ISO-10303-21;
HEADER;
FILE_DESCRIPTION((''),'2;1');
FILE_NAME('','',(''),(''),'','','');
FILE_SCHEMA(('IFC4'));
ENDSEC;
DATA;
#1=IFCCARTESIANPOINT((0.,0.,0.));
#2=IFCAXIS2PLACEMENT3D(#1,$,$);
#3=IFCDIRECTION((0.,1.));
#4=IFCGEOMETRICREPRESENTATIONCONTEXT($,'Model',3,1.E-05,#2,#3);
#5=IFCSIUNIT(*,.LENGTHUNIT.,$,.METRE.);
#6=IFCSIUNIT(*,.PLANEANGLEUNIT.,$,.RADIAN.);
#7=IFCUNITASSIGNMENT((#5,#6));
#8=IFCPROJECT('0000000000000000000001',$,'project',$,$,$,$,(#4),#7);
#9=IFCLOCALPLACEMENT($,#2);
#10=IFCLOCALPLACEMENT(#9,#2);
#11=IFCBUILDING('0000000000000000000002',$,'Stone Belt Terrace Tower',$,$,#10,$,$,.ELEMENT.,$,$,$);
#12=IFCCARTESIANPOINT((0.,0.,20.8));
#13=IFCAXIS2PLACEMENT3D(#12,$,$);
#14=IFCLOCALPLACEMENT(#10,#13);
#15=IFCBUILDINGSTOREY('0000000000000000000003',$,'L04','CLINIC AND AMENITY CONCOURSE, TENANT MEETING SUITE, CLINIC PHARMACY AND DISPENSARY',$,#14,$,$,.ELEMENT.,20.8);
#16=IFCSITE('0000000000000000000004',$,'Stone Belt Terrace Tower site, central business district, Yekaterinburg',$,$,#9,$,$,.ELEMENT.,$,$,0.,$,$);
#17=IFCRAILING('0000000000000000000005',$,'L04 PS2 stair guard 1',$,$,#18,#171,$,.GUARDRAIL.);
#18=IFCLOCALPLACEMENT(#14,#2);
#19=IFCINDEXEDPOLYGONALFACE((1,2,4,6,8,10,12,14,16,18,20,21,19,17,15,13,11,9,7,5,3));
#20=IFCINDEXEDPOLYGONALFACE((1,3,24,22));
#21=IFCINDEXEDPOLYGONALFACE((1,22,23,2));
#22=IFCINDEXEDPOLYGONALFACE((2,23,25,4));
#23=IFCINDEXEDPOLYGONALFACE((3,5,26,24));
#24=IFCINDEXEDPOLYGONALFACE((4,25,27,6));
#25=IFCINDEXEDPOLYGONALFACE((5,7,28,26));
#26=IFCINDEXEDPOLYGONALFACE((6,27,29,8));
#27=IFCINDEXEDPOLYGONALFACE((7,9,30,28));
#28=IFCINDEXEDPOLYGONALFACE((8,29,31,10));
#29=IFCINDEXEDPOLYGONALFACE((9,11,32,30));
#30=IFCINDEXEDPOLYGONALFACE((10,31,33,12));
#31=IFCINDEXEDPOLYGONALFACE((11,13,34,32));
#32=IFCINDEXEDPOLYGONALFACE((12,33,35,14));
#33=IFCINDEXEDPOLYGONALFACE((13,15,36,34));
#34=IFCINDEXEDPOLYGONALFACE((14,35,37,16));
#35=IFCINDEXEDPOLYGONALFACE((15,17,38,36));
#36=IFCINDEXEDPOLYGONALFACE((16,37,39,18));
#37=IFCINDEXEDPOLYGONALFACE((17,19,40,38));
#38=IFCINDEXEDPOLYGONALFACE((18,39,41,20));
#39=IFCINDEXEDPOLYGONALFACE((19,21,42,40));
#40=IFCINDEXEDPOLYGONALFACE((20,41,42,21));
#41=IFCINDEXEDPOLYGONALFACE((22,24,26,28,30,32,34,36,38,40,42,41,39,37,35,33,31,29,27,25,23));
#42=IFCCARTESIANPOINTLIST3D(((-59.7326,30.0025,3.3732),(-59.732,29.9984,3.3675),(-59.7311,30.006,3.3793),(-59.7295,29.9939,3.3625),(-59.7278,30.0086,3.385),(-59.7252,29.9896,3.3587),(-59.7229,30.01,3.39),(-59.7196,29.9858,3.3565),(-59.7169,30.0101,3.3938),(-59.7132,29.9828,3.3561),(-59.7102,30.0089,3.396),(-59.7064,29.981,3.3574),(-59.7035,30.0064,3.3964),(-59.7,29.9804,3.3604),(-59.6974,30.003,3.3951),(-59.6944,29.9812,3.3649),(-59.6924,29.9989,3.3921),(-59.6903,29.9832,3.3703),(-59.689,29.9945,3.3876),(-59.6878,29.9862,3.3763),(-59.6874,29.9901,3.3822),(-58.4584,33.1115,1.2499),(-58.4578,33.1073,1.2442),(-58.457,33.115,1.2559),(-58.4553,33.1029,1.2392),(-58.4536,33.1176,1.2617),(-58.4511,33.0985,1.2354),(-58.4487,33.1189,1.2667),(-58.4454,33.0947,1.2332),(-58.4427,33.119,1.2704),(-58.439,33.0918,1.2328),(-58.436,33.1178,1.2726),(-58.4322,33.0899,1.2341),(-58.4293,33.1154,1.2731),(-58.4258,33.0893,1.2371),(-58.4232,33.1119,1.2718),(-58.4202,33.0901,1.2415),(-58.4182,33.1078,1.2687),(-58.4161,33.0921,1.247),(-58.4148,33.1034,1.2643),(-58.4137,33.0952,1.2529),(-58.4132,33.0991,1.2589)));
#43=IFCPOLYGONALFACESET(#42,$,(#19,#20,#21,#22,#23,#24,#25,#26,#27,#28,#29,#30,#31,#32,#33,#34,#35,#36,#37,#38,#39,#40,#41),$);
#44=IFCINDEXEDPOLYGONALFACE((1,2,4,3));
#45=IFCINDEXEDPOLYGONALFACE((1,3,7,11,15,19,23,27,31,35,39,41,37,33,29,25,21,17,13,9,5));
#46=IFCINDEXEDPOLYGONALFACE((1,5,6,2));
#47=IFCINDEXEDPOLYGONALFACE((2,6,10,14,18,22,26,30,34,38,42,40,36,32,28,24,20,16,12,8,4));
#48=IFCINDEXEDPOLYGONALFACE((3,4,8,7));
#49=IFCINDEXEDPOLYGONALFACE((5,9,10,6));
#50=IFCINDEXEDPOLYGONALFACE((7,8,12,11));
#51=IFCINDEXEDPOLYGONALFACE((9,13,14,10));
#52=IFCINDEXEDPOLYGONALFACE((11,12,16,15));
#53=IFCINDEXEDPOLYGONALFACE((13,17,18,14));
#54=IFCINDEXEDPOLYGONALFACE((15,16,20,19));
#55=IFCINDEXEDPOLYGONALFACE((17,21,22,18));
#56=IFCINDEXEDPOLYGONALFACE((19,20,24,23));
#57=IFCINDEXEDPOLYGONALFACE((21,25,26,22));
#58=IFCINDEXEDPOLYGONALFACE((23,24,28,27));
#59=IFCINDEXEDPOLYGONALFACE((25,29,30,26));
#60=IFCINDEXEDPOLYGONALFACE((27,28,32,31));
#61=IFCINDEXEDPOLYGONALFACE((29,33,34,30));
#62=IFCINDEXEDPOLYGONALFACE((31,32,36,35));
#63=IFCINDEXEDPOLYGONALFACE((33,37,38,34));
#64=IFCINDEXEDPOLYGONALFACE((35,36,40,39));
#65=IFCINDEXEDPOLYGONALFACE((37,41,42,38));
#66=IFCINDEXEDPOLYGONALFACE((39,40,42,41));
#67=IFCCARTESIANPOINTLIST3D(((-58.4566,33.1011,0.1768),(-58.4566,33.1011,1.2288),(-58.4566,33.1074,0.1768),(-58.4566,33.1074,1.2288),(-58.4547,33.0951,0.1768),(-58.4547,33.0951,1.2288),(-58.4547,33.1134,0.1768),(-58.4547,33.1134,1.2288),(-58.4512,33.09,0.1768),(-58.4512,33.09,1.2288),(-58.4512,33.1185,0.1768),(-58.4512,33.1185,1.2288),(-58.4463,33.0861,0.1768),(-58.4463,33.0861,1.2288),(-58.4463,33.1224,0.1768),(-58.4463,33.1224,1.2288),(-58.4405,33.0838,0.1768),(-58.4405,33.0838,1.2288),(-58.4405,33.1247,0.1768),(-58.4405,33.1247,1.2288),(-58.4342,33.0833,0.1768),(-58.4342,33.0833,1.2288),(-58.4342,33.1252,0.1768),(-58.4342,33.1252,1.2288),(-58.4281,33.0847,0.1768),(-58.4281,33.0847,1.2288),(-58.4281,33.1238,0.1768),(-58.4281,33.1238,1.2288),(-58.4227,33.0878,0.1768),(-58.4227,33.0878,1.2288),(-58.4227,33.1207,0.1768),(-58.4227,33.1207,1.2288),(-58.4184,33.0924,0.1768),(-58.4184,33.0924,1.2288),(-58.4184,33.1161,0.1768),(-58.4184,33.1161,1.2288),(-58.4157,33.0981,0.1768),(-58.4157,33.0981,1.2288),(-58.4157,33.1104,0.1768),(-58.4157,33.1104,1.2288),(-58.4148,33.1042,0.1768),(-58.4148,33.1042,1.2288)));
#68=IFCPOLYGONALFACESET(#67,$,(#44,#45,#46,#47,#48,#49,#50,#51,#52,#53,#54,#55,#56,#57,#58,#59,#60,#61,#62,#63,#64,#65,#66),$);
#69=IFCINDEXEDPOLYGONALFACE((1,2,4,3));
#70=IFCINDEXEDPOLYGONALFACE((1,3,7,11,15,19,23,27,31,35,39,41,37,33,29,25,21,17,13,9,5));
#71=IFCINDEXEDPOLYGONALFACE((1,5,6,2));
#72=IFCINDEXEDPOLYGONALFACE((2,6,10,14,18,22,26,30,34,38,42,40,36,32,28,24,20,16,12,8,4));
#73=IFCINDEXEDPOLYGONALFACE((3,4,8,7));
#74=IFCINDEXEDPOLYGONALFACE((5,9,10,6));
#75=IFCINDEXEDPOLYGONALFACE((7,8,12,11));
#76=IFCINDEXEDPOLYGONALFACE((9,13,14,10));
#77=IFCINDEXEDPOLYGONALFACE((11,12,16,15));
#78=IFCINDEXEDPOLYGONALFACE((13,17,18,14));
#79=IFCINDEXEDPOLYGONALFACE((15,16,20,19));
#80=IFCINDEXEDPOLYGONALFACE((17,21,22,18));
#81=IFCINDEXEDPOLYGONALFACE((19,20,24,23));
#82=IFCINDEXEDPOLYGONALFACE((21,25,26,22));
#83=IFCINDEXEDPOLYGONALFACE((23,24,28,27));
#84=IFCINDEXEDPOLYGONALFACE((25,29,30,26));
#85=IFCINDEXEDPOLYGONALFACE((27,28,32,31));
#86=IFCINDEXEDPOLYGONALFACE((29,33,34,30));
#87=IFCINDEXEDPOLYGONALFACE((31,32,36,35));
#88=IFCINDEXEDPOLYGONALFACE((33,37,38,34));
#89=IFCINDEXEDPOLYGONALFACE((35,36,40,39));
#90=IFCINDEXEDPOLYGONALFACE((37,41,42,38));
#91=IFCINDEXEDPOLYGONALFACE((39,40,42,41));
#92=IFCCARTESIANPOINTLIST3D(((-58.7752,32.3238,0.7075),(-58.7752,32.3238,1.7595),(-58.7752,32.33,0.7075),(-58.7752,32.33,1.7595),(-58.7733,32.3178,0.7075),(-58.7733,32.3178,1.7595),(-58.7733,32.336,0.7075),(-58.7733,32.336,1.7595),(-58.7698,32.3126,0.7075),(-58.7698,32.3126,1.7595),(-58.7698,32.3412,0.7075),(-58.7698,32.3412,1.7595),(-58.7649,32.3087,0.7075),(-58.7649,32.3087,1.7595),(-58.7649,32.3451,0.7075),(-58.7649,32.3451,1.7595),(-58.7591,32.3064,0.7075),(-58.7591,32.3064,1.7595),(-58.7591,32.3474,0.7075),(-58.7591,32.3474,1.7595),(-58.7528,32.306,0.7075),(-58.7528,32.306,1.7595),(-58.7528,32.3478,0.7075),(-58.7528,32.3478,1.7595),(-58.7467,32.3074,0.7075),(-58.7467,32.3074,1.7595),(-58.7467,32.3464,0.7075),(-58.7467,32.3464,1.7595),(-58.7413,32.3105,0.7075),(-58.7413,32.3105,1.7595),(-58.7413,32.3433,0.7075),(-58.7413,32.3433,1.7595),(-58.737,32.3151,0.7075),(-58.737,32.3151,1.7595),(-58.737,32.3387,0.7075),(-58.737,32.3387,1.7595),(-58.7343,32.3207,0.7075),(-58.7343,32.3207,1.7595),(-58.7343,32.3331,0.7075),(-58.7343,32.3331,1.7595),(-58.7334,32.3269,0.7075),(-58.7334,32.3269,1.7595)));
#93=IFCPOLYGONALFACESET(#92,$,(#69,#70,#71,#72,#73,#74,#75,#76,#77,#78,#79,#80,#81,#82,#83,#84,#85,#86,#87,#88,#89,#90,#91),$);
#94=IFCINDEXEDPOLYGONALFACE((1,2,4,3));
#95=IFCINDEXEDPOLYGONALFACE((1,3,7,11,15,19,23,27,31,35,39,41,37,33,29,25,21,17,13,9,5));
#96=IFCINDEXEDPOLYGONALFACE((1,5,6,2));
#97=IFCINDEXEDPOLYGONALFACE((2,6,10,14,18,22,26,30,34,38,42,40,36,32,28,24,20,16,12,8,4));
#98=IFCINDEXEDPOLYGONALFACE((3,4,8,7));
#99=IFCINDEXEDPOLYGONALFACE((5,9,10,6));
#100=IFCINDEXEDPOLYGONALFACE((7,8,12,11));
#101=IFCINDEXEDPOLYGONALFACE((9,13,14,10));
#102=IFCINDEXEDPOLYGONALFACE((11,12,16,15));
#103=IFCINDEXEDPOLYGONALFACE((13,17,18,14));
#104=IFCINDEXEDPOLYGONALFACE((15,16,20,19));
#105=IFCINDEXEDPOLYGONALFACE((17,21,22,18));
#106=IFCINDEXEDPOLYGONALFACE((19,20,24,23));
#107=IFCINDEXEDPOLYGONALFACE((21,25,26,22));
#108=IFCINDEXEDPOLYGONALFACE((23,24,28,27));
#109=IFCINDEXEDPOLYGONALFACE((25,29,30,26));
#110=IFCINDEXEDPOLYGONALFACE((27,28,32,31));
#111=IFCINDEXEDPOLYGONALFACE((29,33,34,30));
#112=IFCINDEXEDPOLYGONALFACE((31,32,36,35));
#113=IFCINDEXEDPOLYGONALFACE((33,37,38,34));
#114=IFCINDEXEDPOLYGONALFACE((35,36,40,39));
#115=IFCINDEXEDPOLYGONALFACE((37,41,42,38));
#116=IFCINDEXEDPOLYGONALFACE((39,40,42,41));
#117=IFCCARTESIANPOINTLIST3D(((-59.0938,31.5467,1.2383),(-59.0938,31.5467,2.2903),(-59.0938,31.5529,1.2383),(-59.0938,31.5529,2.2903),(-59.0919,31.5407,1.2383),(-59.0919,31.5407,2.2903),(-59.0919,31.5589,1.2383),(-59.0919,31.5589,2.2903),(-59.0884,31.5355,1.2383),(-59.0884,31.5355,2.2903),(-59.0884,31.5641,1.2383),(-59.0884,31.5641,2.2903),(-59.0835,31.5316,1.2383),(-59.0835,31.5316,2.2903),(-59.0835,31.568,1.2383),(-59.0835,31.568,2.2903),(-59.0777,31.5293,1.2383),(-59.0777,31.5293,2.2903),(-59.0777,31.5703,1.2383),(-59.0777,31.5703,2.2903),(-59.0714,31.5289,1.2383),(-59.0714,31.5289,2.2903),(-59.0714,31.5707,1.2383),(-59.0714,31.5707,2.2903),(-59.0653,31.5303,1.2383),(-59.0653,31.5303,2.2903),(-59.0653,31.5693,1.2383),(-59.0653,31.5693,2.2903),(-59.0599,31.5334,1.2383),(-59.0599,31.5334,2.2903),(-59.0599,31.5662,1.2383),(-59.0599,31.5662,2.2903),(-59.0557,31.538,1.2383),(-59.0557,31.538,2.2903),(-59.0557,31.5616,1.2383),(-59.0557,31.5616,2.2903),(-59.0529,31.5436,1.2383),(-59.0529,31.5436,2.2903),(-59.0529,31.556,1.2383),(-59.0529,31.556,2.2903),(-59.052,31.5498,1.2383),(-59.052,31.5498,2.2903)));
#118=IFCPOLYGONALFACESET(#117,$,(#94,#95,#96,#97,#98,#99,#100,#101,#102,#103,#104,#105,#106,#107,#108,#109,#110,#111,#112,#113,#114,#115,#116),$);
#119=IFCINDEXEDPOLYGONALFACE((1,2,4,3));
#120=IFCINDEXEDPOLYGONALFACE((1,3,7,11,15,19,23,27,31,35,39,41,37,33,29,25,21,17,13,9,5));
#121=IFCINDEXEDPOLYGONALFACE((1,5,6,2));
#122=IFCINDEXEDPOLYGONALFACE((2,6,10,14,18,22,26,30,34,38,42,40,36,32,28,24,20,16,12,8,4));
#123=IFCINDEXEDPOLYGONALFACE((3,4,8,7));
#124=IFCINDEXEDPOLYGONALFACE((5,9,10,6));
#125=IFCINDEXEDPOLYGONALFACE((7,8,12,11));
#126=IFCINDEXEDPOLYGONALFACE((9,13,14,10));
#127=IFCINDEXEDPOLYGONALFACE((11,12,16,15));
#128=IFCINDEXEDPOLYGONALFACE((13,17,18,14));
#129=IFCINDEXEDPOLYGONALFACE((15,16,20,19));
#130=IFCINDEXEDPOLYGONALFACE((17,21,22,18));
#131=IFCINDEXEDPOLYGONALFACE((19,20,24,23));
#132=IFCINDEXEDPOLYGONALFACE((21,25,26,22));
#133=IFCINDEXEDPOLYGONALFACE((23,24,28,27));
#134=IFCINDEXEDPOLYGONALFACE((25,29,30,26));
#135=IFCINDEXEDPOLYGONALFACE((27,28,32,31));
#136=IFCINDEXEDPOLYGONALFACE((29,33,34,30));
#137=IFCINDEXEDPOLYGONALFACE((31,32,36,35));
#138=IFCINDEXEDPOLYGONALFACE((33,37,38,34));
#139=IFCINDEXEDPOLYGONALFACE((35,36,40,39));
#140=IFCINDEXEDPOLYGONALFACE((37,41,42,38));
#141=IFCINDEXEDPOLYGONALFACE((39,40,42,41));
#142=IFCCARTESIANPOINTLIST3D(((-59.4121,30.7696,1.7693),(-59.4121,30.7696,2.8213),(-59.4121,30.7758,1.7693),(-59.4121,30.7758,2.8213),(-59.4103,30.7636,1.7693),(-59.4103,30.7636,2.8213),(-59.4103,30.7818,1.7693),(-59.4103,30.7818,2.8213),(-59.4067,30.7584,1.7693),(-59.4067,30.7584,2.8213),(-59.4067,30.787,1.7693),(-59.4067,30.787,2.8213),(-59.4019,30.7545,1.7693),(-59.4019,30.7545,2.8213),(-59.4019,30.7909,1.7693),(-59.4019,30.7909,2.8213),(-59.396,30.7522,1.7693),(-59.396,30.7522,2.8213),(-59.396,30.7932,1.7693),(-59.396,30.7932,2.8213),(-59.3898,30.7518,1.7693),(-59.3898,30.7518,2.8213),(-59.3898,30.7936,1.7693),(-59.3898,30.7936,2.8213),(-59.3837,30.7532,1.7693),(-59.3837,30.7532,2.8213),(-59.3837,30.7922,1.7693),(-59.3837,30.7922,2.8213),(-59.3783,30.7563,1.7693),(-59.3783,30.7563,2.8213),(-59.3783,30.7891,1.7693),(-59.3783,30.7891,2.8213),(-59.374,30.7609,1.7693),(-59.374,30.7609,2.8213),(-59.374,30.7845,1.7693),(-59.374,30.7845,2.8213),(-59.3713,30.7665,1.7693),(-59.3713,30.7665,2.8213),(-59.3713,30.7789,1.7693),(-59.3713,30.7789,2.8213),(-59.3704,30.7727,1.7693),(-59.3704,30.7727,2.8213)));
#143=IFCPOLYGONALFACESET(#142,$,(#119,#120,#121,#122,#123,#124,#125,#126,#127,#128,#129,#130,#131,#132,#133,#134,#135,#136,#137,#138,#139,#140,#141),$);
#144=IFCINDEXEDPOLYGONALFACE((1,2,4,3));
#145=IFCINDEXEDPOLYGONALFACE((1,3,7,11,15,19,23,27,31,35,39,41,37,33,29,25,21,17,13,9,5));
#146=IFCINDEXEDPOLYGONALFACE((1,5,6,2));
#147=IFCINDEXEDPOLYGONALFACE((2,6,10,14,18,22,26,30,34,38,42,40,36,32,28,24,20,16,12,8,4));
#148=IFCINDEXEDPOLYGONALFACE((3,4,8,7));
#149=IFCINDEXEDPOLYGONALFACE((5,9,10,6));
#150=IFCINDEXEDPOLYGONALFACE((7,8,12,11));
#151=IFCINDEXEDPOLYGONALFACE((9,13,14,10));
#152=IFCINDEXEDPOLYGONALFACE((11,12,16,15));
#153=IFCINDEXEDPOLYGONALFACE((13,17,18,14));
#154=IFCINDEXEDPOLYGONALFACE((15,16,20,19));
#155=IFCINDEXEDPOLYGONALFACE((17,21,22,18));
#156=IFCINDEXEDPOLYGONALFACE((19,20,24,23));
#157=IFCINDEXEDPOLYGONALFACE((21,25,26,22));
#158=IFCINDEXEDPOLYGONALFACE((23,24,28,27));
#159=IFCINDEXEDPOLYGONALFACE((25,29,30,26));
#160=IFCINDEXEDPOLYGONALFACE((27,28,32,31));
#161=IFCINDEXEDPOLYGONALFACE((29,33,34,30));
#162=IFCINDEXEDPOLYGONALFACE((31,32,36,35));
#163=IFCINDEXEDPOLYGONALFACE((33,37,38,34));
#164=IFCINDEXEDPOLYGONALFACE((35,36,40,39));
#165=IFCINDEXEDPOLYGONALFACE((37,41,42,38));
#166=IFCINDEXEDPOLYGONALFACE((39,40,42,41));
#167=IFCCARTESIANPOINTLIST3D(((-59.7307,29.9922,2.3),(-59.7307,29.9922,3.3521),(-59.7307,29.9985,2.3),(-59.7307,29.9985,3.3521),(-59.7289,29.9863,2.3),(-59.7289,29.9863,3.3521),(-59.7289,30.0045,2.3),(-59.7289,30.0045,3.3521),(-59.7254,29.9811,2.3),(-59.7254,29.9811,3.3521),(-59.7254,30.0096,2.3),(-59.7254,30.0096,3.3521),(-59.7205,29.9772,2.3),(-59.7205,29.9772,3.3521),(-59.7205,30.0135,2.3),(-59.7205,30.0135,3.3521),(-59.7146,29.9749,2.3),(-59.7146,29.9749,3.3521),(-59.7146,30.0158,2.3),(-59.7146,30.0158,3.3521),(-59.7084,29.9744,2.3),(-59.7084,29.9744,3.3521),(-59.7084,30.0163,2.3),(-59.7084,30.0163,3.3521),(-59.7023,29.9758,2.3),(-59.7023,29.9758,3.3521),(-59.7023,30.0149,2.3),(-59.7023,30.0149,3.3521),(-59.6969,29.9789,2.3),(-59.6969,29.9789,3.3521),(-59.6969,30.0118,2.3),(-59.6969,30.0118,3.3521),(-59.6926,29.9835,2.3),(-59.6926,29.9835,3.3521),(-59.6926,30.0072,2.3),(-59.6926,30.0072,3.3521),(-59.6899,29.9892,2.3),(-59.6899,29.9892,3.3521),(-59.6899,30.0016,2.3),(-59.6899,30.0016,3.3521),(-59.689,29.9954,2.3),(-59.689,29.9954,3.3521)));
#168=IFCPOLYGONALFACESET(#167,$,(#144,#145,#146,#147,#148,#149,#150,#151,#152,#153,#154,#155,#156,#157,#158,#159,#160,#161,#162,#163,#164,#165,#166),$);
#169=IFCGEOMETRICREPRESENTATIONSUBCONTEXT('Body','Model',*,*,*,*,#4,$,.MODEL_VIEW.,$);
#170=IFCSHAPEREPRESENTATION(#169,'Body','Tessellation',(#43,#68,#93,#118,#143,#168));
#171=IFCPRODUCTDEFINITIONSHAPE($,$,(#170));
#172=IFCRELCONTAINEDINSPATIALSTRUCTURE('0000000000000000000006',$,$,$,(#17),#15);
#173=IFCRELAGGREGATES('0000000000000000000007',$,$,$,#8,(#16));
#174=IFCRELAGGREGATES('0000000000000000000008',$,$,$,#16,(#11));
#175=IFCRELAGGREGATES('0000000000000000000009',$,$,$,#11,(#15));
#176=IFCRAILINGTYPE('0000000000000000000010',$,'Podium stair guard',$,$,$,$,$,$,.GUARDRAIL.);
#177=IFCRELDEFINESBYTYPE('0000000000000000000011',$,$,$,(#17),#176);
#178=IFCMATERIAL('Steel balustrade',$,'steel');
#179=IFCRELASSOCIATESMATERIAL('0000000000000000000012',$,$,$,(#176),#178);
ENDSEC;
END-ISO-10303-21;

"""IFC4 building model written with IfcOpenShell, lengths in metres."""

from ifc_helpers import new_model, si_unit, direction, frame, origin, origin_2d, place, context, subcontext, project, spatial, circle, extrude, material, type_object, element, save


model = new_model("IFC4")

# Units and contexts
model_context = context("Model", 3, precision=1e-05, world=origin(), true_north=direction((0.0, 1.0)))
body_context = subcontext(model_context, "Body", "Model", "MODEL_VIEW")
ifc_project = project(units=[si_unit("LENGTHUNIT", "METRE"), si_unit("PLANEANGLEUNIT", "RADIAN")], contexts=[model_context])

# Site, building, storey
site_placement = place(None, origin())
site = spatial("IfcSite", under=ifc_project, at=site_placement, Name="Stone Belt Terrace Tower site, central business district, Yekaterinburg", CompositionType="ELEMENT", RefElevation=0.0)
building_placement = place(site_placement, origin())
building = spatial("IfcBuilding", under=site, at=building_placement, Name="Stone Belt Terrace Tower", CompositionType="ELEMENT")
storey_placement = place(building_placement, frame((0.0, 0.0, 20.8)))
storey = spatial("IfcBuildingStorey", under=building, at=storey_placement, Name="L04", Description="CLINIC AND AMENITY CONCOURSE, TENANT MEETING SUITE, CLINIC PHARMACY AND DISPENSARY", CompositionType="ELEMENT", Elevation=20.8)

# Railing
ifc_material_1 = material(Name="Steel balustrade", Category="steel")
railing_type_1 = type_object("IfcRailingType", Name="Podium stair guard", PredefinedType="GUARDRAIL", material=ifc_material_1)
railing_1_placement = place(storey_placement, frame((-58.4358, 33.1042, 0.1768)))
element("IfcRailing", 1, at=railing_1_placement, inside=storey, type_object=railing_type_1, Name="L04 PS2 stair guard 1", PredefinedType="GUARDRAIL", context=body_context, shape_type="SweptSolid", body=[
    extrude(circle(Radius=0.0239, at=origin_2d()), frame((0.0, 0.0, 1.0762), z_axis=(-0.320582, -0.782198, 0.534222), x_axis=(0.925301, -0.379233, 0.0)), (0.0, 0.0, 1.0), 3.9746),
    extrude(circle(Radius=0.021, at=origin_2d()), origin(), (0.0, 0.0, 1.0), 1.052),
    extrude(circle(Radius=0.021, at=origin_2d()), frame((-0.3186, -0.7773, 0.5308)), (0.0, 0.0, 1.0), 1.052),
    extrude(circle(Radius=0.021, at=origin_2d()), frame((-0.6372, -1.5544, 1.0615)), (0.0, 0.0, 1.0), 1.052),
    extrude(circle(Radius=0.021, at=origin_2d()), frame((-0.9556, -2.3315, 1.5925)), (0.0, 0.0, 1.0), 1.052),
    extrude(circle(Radius=0.021, at=origin_2d()), frame((-1.2742, -3.1089, 2.1233)), (0.0, 0.0, 1.0), 1.052),
])

save(model, "model.ifc")
